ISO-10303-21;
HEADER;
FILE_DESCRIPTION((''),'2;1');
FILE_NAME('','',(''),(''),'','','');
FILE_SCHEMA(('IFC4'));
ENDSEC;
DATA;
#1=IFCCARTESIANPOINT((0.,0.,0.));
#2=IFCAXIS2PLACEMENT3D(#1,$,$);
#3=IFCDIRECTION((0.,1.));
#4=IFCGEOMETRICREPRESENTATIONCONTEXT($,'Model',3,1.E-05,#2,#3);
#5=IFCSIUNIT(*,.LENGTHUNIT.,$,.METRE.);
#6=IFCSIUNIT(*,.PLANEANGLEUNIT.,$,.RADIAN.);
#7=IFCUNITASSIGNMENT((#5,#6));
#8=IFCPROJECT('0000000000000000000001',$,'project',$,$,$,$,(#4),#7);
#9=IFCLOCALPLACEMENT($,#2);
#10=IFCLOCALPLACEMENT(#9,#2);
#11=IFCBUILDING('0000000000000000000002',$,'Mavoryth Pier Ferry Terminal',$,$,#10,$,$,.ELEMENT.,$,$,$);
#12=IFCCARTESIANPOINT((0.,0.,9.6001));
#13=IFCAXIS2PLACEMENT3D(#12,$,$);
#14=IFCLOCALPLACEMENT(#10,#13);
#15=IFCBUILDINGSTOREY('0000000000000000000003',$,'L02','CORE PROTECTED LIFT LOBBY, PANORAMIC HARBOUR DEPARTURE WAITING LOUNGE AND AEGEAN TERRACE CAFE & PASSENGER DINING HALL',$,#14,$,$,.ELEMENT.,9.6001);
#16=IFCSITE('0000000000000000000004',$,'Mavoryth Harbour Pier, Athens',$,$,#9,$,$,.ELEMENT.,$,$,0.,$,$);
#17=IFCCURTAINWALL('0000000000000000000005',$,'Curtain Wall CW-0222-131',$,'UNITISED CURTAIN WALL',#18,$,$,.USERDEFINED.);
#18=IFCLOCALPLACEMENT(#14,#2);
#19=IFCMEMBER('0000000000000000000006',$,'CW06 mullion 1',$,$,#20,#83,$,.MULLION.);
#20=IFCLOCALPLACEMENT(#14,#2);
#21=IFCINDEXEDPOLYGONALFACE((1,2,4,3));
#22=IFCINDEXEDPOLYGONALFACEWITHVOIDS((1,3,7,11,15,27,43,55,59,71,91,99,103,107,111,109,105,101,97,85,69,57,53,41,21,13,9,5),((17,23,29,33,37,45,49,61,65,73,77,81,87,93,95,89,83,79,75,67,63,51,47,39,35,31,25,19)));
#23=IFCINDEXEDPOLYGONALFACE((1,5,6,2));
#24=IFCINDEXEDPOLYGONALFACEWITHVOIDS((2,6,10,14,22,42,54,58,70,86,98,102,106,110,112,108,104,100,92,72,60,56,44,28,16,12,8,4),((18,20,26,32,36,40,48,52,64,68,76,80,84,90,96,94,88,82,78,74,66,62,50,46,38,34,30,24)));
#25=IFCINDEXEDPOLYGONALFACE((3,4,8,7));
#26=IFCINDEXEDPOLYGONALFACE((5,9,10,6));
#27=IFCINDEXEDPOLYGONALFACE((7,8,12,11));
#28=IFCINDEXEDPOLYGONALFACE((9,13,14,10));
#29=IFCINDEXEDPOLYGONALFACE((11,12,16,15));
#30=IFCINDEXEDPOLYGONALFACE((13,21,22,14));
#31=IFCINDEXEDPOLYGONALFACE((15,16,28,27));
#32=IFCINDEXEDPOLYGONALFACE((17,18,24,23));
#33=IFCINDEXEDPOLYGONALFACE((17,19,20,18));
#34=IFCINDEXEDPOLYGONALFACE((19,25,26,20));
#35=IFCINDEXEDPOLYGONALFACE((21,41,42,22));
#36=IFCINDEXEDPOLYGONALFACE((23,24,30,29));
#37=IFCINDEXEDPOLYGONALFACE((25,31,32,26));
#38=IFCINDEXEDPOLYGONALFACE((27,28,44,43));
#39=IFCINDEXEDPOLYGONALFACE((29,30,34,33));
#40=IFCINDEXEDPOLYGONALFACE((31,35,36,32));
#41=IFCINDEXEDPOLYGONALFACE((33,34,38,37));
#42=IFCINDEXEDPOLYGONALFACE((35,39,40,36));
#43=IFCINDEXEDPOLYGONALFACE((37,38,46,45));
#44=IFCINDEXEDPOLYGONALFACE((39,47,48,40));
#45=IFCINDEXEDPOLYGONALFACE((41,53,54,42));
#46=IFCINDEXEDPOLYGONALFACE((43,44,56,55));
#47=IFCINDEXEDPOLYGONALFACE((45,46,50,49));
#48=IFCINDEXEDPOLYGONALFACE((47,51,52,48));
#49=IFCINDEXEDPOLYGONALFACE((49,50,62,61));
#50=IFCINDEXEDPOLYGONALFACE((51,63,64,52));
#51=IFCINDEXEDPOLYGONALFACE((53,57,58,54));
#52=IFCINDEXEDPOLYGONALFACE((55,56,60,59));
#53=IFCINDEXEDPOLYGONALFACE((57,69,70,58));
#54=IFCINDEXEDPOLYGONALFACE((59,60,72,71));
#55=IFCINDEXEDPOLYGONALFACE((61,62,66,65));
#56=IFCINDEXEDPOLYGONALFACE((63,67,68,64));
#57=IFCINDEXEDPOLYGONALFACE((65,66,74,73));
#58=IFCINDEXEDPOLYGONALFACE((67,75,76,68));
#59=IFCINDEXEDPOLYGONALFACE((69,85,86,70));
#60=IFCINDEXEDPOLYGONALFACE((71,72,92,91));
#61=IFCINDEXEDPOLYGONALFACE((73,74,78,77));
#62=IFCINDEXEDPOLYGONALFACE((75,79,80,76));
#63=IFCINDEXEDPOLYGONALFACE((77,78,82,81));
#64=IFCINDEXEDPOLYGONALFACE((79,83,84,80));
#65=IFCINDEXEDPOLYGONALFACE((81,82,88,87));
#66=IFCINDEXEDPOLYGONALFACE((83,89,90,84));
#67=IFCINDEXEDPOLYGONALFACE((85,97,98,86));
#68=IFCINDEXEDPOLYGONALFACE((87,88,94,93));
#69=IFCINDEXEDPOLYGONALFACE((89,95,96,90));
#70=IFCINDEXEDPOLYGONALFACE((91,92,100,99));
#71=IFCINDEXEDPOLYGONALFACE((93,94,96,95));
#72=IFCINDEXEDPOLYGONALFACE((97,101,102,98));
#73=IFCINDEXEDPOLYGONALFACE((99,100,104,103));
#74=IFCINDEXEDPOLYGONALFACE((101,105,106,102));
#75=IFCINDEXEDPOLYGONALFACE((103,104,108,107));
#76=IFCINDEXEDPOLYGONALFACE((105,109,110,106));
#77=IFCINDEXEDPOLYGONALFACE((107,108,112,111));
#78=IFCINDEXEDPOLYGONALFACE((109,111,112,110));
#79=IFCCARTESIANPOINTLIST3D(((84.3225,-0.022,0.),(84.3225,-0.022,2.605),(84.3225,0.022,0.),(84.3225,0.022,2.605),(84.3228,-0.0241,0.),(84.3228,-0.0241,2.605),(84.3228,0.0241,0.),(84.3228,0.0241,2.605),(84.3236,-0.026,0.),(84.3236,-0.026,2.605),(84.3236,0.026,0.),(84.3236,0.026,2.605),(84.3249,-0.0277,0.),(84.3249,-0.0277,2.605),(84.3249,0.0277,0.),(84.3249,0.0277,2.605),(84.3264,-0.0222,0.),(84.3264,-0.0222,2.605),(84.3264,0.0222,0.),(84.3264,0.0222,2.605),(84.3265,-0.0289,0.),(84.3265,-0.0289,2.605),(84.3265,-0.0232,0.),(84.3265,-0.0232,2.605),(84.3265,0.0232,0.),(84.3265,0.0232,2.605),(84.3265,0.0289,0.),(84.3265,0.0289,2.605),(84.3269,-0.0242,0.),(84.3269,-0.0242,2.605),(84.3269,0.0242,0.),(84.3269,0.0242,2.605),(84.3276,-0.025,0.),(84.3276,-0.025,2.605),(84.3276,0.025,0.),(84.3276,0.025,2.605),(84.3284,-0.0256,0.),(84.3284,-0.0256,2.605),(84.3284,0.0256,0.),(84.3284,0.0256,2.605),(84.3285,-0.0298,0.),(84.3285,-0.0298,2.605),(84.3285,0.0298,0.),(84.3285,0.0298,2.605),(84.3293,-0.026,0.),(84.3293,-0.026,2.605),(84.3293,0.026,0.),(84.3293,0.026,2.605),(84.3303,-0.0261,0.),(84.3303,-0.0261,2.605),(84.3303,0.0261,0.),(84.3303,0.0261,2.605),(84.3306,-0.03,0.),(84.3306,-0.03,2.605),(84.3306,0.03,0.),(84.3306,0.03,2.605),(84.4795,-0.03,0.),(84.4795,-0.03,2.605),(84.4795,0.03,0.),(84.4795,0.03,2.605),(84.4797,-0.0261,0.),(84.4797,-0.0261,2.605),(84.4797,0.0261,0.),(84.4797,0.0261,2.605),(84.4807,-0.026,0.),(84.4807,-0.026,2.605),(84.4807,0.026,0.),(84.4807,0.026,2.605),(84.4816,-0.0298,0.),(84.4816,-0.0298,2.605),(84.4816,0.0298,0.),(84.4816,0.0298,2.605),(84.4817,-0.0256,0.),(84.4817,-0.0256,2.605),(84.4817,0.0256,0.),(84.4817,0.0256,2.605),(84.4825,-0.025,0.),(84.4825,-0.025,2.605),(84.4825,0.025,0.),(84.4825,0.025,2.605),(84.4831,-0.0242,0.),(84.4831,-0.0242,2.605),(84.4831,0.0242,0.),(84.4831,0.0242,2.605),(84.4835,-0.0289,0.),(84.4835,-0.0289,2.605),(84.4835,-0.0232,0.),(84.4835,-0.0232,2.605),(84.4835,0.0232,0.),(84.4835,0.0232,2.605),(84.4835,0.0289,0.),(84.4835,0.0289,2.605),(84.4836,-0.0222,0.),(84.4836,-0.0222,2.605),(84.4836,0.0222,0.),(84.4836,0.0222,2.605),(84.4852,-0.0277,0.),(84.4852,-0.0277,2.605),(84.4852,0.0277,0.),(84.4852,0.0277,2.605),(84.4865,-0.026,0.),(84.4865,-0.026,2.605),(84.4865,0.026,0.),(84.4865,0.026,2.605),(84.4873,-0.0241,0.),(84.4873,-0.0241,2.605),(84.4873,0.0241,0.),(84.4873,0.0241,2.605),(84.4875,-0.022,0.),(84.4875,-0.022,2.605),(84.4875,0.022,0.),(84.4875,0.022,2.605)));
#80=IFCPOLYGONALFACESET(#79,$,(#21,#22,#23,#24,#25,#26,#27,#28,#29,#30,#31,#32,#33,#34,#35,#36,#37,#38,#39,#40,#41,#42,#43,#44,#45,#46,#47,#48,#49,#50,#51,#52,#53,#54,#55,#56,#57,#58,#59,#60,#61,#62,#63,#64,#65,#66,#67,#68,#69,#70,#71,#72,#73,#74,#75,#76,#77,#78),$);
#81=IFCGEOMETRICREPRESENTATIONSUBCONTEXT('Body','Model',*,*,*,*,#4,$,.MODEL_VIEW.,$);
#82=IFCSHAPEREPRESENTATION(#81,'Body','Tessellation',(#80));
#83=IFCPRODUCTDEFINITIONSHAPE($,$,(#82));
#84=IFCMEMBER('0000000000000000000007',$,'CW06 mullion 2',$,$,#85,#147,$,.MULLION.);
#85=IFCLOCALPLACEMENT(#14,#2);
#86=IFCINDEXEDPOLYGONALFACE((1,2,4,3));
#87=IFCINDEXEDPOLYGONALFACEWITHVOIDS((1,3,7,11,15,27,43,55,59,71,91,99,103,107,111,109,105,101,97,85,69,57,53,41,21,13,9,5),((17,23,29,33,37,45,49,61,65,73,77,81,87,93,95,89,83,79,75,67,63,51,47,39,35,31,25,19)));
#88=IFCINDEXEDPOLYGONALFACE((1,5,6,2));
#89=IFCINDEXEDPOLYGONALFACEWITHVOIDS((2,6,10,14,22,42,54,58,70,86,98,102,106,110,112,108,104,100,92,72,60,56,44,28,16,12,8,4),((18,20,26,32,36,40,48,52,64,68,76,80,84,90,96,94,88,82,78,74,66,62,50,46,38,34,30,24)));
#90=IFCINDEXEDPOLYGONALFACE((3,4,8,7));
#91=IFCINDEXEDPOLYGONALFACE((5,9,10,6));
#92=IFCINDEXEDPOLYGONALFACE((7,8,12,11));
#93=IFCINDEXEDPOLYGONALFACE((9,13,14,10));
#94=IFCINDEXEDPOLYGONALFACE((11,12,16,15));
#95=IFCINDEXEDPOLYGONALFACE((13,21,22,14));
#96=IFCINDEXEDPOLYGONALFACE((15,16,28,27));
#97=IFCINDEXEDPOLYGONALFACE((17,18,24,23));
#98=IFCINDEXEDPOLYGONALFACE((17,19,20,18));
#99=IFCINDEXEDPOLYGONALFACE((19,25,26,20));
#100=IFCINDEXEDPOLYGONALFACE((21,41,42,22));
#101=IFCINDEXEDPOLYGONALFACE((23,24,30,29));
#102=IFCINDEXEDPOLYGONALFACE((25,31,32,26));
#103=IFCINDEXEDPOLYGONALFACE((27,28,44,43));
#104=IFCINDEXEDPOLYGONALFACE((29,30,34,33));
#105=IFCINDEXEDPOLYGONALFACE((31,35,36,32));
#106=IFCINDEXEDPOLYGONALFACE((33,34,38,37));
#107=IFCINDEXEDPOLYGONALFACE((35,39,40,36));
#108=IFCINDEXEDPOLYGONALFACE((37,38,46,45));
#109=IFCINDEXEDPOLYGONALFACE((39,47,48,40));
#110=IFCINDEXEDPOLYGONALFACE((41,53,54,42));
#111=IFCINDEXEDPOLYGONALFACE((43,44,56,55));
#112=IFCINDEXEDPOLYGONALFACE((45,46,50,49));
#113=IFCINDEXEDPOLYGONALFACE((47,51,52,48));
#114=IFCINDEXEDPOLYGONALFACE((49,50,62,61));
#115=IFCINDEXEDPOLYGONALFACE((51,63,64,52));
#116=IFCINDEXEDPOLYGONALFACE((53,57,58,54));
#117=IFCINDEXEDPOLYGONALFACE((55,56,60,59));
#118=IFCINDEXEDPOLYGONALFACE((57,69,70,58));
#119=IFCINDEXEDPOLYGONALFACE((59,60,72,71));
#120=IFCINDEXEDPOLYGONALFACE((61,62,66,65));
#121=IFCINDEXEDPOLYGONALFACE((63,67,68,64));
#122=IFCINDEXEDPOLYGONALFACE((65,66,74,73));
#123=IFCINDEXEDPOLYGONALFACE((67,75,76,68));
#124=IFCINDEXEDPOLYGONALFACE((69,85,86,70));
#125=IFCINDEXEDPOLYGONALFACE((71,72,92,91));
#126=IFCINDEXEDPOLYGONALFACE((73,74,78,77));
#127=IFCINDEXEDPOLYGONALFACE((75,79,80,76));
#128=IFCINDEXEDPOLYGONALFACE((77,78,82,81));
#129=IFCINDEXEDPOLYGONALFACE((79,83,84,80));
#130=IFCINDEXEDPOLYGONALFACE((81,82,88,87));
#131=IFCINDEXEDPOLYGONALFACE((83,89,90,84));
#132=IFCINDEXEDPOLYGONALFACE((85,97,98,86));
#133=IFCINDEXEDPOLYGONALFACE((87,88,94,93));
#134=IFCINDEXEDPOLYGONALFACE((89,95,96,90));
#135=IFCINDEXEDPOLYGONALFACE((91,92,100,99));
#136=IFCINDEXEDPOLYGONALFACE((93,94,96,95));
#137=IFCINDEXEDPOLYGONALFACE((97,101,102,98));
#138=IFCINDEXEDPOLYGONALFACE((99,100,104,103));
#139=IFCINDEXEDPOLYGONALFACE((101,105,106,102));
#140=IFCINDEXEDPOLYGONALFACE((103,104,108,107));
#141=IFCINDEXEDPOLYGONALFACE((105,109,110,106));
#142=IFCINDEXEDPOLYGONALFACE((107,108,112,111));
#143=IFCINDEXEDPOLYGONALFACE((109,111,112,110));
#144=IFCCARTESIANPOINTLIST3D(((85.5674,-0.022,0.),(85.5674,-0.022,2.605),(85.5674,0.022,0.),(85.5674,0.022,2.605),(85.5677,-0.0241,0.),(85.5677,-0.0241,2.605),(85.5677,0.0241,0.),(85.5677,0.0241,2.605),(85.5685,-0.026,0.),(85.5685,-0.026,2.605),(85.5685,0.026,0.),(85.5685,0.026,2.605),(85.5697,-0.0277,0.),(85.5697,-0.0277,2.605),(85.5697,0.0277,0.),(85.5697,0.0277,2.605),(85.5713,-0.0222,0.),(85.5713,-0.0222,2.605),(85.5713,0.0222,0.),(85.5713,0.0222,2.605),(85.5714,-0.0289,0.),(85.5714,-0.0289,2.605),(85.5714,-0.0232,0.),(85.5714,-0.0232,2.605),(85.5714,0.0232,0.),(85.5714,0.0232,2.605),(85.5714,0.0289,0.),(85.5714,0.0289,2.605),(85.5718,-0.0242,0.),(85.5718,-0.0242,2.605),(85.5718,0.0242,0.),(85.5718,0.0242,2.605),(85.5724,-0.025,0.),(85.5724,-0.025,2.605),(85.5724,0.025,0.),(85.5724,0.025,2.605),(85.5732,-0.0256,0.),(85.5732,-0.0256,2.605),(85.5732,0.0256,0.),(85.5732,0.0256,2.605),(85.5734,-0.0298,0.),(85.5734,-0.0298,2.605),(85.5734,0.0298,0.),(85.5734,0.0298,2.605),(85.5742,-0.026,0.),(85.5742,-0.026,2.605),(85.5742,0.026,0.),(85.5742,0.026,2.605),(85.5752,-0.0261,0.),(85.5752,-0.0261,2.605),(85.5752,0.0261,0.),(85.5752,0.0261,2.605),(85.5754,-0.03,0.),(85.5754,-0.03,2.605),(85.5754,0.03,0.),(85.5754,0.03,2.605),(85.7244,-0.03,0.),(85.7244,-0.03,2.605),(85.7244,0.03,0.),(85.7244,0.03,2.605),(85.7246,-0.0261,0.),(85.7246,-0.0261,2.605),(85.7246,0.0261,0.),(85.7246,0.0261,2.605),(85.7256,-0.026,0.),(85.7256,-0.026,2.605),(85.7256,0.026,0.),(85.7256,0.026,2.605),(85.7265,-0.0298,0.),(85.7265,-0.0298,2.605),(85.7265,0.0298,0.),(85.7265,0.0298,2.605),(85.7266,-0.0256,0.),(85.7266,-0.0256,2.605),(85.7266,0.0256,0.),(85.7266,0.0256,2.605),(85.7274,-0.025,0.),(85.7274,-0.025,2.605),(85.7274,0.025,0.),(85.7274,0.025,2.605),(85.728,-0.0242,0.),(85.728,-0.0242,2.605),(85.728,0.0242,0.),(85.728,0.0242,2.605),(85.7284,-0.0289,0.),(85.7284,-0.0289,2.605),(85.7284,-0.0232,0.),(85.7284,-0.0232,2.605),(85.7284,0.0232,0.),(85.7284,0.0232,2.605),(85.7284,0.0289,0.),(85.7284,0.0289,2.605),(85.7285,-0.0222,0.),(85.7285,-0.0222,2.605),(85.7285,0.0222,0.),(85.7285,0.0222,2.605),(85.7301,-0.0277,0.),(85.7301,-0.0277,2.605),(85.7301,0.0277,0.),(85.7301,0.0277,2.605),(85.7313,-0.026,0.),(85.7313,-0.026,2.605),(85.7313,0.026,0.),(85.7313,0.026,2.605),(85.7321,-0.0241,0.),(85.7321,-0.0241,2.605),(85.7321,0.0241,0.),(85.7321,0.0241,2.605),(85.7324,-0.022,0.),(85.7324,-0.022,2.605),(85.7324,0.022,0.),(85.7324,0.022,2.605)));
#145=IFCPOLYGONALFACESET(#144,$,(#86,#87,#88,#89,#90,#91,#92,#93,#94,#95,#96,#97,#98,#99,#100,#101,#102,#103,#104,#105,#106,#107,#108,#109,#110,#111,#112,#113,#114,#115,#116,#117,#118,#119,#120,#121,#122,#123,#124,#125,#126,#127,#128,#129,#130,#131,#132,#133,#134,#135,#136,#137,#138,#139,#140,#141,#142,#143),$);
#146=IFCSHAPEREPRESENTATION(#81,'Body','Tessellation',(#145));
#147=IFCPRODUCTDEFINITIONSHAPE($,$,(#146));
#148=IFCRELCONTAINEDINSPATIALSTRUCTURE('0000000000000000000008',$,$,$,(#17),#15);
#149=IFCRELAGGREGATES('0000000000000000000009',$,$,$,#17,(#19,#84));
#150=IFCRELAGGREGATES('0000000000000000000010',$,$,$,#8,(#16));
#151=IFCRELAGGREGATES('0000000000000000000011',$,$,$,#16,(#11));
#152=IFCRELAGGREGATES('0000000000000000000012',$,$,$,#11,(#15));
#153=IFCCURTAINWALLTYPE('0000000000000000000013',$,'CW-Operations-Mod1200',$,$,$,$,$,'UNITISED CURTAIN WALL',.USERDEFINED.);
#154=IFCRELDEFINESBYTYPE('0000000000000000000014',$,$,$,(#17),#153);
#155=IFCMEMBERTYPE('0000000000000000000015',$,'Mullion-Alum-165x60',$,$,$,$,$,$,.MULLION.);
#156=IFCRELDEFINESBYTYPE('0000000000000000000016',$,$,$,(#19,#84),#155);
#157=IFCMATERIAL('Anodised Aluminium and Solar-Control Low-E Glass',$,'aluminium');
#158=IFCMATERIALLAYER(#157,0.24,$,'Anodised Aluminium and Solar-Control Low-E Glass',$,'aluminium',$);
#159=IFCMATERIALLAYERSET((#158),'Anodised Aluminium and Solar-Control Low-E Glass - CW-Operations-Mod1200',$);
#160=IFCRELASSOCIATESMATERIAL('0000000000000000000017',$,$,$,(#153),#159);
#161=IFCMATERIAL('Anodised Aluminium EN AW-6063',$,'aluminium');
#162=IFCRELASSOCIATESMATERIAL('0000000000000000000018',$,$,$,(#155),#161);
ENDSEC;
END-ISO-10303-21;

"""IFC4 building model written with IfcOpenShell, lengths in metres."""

from ifc_helpers import new_model, si_unit, direction, frame, origin, origin_2d, place, context, subcontext, project, spatial, hollow_rectangle, extrude, material, layer, layer_set, material_profile, profile_set, type_object, element, aggregate, save


model = new_model("IFC4")

# Units and contexts
model_context = context("Model", 3, precision=1e-05, world=origin(), true_north=direction((0.0, 1.0)))
body_context = subcontext(model_context, "Body", "Model", "MODEL_VIEW")
ifc_project = project(units=[si_unit("LENGTHUNIT", "METRE"), si_unit("PLANEANGLEUNIT", "RADIAN")], contexts=[model_context])

# Site, building, storey
site_placement = place(None, origin())
site = spatial("IfcSite", under=ifc_project, at=site_placement, Name="Mavoryth Harbour Pier, Athens", CompositionType="ELEMENT", RefElevation=0.0)
building_placement = place(site_placement, origin())
building = spatial("IfcBuilding", under=site, at=building_placement, Name="Mavoryth Pier Ferry Terminal", CompositionType="ELEMENT")
storey_placement = place(building_placement, frame((0.0, 0.0, 9.6001)))
storey = spatial("IfcBuildingStorey", under=building, at=storey_placement, Name="L02", Description="CORE PROTECTED LIFT LOBBY, PANORAMIC HARBOUR DEPARTURE WAITING LOUNGE AND AEGEAN TERRACE CAFE & PASSENGER DINING HALL", CompositionType="ELEMENT", Elevation=9.6001)

# Curtain wall, members
ifc_material_1 = material(Name="Anodised Aluminium and Solar-Control Low-E Glass", Category="aluminium")
ifc_layer_1 = layer(ifc_material_1, 0.24, Name="Anodised Aluminium and Solar-Control Low-E Glass", Category="aluminium")
ifc_layer_set_1 = layer_set([ifc_layer_1], Name="Anodised Aluminium and Solar-Control Low-E Glass - CW-Operations-Mod1200")
curtain_wall_type = type_object("IfcCurtainWallType", Name="CW-Operations-Mod1200", ElementType="UNITISED CURTAIN WALL", PredefinedType="USERDEFINED", material=ifc_layer_set_1)
curtain_wall_placement = place(storey_placement, origin())
curtain_wall = element("IfcCurtainWall", 1, at=curtain_wall_placement, inside=storey, type_object=curtain_wall_type, Name="Curtain Wall CW-0222-131", ObjectType="UNITISED CURTAIN WALL", PredefinedType="USERDEFINED")
ifc_material_2 = material(Name="Anodised Aluminium EN AW-6063", Category="aluminium")
ifc_material_profile_1 = material_profile(ifc_material_2, hollow_rectangle(XDim=0.0601, YDim=0.165, WallThickness=0.0039, InnerFilletRadius=0.0039, OuterFilletRadius=0.0081, at=origin_2d()), Name="AL-MULL 165x60x4", Category="aluminium")
ifc_profile_set_1 = profile_set([ifc_material_profile_1], Name="Anodised Aluminium EN AW-6063 - AL-MULL 165x60x4")
member_type_1 = type_object("IfcMemberType", Name="Mullion-Alum-165x60", PredefinedType="MULLION", material=ifc_profile_set_1)
member_1_placement = place(storey_placement, frame((84.405, 0.0, 0.0), z_axis=(0.0, 0.0, 1.0), x_axis=(0.0, 1.0, 0.0)))
member_1 = element("IfcMember", 2, at=member_1_placement, type_object=member_type_1, Name="CW06 mullion 1", PredefinedType="MULLION", context=body_context, shape_type="SweptSolid", body=[
    extrude(hollow_rectangle(XDim=0.0601, YDim=0.165, WallThickness=0.0039, InnerFilletRadius=0.0039, OuterFilletRadius=0.0081, at=origin_2d()), origin(), (0.0, 0.0, 1.0), 2.605),
])
member_2_placement = place(storey_placement, frame((85.6499, 0.0, 0.0), z_axis=(0.0, 0.0, 1.0), x_axis=(0.0, 1.0, 0.0)))
member_2 = element("IfcMember", 3, at=member_2_placement, type_object=member_type_1, Name="CW06 mullion 2", PredefinedType="MULLION", context=body_context, shape_type="SweptSolid", body=[
    extrude(hollow_rectangle(XDim=0.0601, YDim=0.165, WallThickness=0.0039, InnerFilletRadius=0.0039, OuterFilletRadius=0.0081, at=origin_2d()), origin(), (0.0, 0.0, 1.0), 2.605),
])

aggregate(curtain_wall, [member_1, member_2])

save(model, "model.ifc")
